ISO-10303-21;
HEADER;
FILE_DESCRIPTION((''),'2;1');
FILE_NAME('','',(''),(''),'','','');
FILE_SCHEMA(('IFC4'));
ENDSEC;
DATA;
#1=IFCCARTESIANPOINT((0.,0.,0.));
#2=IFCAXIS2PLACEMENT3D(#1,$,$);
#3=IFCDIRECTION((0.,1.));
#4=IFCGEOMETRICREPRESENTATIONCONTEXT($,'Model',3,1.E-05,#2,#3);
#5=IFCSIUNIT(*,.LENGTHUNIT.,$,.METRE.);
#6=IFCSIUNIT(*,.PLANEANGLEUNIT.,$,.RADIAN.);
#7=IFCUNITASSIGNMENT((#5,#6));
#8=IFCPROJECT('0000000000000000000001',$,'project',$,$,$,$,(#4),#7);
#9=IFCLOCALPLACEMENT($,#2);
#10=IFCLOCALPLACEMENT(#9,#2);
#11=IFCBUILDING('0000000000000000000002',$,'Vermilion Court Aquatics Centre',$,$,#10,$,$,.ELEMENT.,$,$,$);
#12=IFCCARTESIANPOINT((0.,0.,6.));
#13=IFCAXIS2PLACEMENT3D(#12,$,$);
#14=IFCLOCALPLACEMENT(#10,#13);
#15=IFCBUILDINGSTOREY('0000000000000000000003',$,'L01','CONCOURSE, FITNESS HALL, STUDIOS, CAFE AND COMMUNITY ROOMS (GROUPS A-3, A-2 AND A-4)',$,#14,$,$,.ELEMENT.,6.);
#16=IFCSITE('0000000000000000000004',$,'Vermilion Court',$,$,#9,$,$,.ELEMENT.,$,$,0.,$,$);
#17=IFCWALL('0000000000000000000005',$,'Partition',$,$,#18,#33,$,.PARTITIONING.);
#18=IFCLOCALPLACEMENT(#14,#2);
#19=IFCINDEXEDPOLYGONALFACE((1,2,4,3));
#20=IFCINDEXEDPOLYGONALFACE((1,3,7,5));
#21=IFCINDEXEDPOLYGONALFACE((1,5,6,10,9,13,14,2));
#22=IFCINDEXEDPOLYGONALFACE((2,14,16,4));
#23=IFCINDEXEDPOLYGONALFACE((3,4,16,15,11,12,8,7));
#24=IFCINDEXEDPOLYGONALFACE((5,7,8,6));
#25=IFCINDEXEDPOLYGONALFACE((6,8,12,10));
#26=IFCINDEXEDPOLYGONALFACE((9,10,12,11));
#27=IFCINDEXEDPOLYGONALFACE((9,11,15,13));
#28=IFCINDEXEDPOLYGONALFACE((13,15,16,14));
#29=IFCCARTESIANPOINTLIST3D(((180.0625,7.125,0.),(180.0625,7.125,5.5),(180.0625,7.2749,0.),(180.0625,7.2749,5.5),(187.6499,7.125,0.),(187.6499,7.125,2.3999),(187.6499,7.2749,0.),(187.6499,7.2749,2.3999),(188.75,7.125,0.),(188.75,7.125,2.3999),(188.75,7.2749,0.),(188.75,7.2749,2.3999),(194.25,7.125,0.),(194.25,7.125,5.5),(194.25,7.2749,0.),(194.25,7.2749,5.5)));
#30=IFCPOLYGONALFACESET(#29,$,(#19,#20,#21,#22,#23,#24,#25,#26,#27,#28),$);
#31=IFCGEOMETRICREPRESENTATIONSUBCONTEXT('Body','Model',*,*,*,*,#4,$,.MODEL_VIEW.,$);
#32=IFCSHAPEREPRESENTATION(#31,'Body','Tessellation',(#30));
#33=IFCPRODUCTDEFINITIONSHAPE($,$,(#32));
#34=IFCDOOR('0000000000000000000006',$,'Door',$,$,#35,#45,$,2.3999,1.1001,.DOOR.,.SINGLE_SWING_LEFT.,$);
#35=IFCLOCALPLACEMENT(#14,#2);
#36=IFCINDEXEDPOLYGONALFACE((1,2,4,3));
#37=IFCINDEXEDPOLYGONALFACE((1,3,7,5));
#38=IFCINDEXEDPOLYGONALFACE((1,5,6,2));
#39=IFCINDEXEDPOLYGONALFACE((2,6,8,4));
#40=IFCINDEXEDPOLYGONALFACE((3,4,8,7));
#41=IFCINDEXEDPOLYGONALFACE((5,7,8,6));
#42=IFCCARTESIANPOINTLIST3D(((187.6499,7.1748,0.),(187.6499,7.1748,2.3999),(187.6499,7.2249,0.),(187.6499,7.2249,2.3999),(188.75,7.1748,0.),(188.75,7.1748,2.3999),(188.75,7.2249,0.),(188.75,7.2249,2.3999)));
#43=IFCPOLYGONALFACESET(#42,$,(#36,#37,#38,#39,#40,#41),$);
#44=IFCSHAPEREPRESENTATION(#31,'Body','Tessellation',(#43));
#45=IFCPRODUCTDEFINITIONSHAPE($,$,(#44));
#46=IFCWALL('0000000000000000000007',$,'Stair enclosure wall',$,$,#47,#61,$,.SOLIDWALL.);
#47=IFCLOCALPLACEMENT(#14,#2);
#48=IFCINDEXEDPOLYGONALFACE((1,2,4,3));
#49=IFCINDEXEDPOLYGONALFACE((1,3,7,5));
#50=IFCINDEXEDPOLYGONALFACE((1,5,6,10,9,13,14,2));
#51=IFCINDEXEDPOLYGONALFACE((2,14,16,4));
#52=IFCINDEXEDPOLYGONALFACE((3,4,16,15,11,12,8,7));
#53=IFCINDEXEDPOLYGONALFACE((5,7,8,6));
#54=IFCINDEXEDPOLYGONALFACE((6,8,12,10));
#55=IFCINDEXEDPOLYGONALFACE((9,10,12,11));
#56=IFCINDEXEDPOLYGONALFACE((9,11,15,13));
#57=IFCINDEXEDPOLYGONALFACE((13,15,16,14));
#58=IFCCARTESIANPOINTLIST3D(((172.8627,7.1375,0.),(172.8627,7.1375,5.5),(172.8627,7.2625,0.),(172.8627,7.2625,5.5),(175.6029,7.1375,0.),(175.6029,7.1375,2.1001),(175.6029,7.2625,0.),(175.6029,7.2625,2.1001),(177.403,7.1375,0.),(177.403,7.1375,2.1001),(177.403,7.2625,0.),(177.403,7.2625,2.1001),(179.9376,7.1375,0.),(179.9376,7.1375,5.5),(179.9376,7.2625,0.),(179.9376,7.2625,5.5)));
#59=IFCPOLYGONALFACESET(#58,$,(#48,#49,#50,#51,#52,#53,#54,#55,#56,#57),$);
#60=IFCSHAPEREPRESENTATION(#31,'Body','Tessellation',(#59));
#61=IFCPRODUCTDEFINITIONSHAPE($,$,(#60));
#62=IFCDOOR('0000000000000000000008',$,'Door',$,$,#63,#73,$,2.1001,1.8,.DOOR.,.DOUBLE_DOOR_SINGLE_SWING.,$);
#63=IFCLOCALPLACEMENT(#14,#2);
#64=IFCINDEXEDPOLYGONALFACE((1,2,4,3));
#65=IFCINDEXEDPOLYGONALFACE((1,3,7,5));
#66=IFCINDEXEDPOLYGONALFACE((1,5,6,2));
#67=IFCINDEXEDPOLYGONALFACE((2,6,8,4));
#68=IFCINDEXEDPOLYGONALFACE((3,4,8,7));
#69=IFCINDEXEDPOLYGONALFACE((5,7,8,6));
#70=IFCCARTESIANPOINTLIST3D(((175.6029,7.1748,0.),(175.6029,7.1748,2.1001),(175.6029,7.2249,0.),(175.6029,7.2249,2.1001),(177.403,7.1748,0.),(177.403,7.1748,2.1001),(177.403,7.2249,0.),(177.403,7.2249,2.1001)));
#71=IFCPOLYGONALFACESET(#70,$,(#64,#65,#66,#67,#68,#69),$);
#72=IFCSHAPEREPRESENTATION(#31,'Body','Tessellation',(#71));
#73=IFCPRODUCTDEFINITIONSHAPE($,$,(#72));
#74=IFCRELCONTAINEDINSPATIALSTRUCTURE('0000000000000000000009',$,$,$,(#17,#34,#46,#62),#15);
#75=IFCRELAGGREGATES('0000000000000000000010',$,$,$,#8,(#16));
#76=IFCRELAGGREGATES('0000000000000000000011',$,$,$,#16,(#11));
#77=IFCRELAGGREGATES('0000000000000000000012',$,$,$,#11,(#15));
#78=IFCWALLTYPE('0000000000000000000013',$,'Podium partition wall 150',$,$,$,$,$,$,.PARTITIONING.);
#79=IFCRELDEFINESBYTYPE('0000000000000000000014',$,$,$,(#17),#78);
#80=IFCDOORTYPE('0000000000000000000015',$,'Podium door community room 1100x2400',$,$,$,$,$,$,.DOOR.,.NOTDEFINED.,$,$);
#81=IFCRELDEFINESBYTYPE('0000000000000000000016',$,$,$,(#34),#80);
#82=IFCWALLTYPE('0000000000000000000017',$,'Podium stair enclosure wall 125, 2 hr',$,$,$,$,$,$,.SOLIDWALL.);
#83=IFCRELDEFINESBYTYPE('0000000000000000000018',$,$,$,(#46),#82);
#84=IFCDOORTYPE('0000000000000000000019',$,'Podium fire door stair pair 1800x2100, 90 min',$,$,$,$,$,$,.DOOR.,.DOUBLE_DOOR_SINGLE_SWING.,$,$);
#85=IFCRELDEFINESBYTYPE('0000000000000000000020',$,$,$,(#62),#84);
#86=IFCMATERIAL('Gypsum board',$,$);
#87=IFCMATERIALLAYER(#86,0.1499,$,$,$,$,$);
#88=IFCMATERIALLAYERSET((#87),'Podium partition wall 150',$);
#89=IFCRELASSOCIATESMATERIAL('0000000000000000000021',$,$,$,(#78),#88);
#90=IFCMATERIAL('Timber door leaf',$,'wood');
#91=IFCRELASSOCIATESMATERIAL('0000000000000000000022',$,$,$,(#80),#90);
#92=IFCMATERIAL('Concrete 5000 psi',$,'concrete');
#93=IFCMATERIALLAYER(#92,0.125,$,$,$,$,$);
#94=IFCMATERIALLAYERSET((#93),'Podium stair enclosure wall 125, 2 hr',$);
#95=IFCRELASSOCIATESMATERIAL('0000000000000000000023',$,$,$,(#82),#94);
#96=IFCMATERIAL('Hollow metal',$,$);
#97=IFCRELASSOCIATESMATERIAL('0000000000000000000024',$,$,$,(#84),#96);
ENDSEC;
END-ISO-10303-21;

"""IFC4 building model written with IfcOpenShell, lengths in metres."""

from ifc_helpers import new_model, si_unit, direction, frame, frame_2d, origin, place, context, subcontext, project, spatial, rectangle, extrude, material, layer, layer_set, type_object, element, fill, save


model = new_model("IFC4")

# Units and contexts
model_context = context("Model", 3, precision=1e-05, world=origin(), true_north=direction((0.0, 1.0)))
body_context = subcontext(model_context, "Body", "Model", "MODEL_VIEW")
ifc_project = project(units=[si_unit("LENGTHUNIT", "METRE"), si_unit("PLANEANGLEUNIT", "RADIAN")], contexts=[model_context])

# Site, building, storey
site_placement = place(None, origin())
site = spatial("IfcSite", under=ifc_project, at=site_placement, Name="Vermilion Court", CompositionType="ELEMENT", RefElevation=0.0)
building_placement = place(site_placement, origin())
building = spatial("IfcBuilding", under=site, at=building_placement, Name="Vermilion Court Aquatics Centre", CompositionType="ELEMENT")
storey_placement = place(building_placement, frame((0.0, 0.0, 6.0)))
storey = spatial("IfcBuildingStorey", under=building, at=storey_placement, Name="L01", Description="CONCOURSE, FITNESS HALL, STUDIOS, CAFE AND COMMUNITY ROOMS (GROUPS A-3, A-2 AND A-4)", CompositionType="ELEMENT", Elevation=6.0)

# Walls, openings, doors
ifc_material_1 = material(Name="Gypsum board")
ifc_layer_1 = layer(ifc_material_1, 0.1499)
ifc_layer_set_1 = layer_set([ifc_layer_1], Name="Podium partition wall 150")
wall_type_1 = type_object("IfcWallType", Name="Podium partition wall 150", PredefinedType="PARTITIONING", material=ifc_layer_set_1)
wall_1_placement = place(storey_placement, frame((180.0625, 7.2, 0.0), z_axis=(0.0, 0.0, 1.0), x_axis=(1.0, 0.0, 0.0)))
wall_1 = element("IfcWall", 1, at=wall_1_placement, inside=storey, type_object=wall_type_1, Name="Partition", PredefinedType="PARTITIONING", context=body_context, shape_type="SweptSolid", body=[
    extrude(rectangle(XDim=14.1875, YDim=0.1499, at=frame_2d((7.0938, 0.0))), origin(), (0.0, 0.0, 1.0), 5.5),
])
opening_1_placement = place(wall_1_placement, frame((7.5874, 0.0, 0.0)))
opening_1 = element("IfcOpeningElement", 2, at=opening_1_placement, cuts=wall_1, PredefinedType="OPENING", context=body_context, shape_type="SweptSolid", body=[
    extrude(rectangle(XDim=1.1001, YDim=2.3999, at=frame_2d((0.55, 1.2))), frame((0.0, 0.085, 0.0), z_axis=(0.0, -1.0, 0.0), x_axis=(1.0, 0.0, 0.0)), (0.0, 0.0, 1.0), 0.1699),
])
ifc_material_2 = material(Name="Timber door leaf", Category="wood")
door_type_1 = type_object("IfcDoorType", Name="Podium door community room 1100x2400", OperationType="NOTDEFINED", PredefinedType="DOOR", material=ifc_material_2)
door_1_placement = place(opening_1_placement, frame((1.1001, 0.0, 0.0), z_axis=(0.0, 0.0, 1.0), x_axis=(-1.0, 0.0, 0.0)))
door_1 = element("IfcDoor", 3, at=door_1_placement, inside=storey, type_object=door_type_1, Name="Door", OperationType="SINGLE_SWING_LEFT", OverallHeight=2.3999, OverallWidth=1.1001, PredefinedType="DOOR", context=body_context, shape_type="SweptSolid", body=[
    extrude(rectangle(XDim=1.1001, YDim=2.3999, at=frame_2d((0.55, 1.2))), frame((0.0, 0.0251, 0.0), z_axis=(0.0, -1.0, 0.0), x_axis=(1.0, 0.0, 0.0)), (0.0, 0.0, 1.0), 0.05),
])
fill(opening_1, door_1)
ifc_material_3 = material(Name="Concrete 5000 psi", Category="concrete")
ifc_layer_2 = layer(ifc_material_3, 0.125)
ifc_layer_set_2 = layer_set([ifc_layer_2], Name="Podium stair enclosure wall 125, 2 hr")
wall_type_2 = type_object("IfcWallType", Name="Podium stair enclosure wall 125, 2 hr", PredefinedType="SOLIDWALL", material=ifc_layer_set_2)
wall_2_placement = place(storey_placement, frame((172.8625, 7.2, 0.0), z_axis=(0.0, 0.0, 1.0), x_axis=(1.0, 0.0, 0.0)))
wall_2 = element("IfcWall", 4, at=wall_2_placement, inside=storey, type_object=wall_type_2, Name="Stair enclosure wall", PredefinedType="SOLIDWALL", context=body_context, shape_type="SweptSolid", body=[
    extrude(rectangle(XDim=7.075, YDim=0.125, at=frame_2d((3.5376, 0.0))), origin(), (0.0, 0.0, 1.0), 5.5),
])
opening_2_placement = place(wall_2_placement, frame((2.7405, 0.0, 0.0)))
opening_2 = element("IfcOpeningElement", 5, at=opening_2_placement, cuts=wall_2, PredefinedType="OPENING", context=body_context, shape_type="SweptSolid", body=[
    extrude(rectangle(XDim=1.8, YDim=2.1001, at=frame_2d((0.8999, 1.05))), frame((0.0, 0.0725, 0.0), z_axis=(0.0, -1.0, 0.0), x_axis=(1.0, 0.0, 0.0)), (0.0, 0.0, 1.0), 0.145),
])
ifc_material_4 = material(Name="Hollow metal")
door_type_2 = type_object("IfcDoorType", Name="Podium fire door stair pair 1800x2100, 90 min", OperationType="DOUBLE_DOOR_SINGLE_SWING", PredefinedType="DOOR", material=ifc_material_4)
door_2_placement = place(opening_2_placement, frame((1.8, 0.0, 0.0), z_axis=(0.0, 0.0, 1.0), x_axis=(-1.0, 0.0, 0.0)))
door_2 = element("IfcDoor", 6, at=door_2_placement, inside=storey, type_object=door_type_2, Name="Door", OperationType="DOUBLE_DOOR_SINGLE_SWING", OverallHeight=2.1001, OverallWidth=1.8, PredefinedType="DOOR", context=body_context, shape_type="SweptSolid", body=[
    extrude(rectangle(XDim=1.8, YDim=2.1001, at=frame_2d((0.9001, 1.05))), frame((0.0, 0.0251, 0.0), z_axis=(0.0, -1.0, 0.0), x_axis=(1.0, 0.0, 0.0)), (0.0, 0.0, 1.0), 0.05),
])
fill(opening_2, door_2)

save(model, "model.ifc")
